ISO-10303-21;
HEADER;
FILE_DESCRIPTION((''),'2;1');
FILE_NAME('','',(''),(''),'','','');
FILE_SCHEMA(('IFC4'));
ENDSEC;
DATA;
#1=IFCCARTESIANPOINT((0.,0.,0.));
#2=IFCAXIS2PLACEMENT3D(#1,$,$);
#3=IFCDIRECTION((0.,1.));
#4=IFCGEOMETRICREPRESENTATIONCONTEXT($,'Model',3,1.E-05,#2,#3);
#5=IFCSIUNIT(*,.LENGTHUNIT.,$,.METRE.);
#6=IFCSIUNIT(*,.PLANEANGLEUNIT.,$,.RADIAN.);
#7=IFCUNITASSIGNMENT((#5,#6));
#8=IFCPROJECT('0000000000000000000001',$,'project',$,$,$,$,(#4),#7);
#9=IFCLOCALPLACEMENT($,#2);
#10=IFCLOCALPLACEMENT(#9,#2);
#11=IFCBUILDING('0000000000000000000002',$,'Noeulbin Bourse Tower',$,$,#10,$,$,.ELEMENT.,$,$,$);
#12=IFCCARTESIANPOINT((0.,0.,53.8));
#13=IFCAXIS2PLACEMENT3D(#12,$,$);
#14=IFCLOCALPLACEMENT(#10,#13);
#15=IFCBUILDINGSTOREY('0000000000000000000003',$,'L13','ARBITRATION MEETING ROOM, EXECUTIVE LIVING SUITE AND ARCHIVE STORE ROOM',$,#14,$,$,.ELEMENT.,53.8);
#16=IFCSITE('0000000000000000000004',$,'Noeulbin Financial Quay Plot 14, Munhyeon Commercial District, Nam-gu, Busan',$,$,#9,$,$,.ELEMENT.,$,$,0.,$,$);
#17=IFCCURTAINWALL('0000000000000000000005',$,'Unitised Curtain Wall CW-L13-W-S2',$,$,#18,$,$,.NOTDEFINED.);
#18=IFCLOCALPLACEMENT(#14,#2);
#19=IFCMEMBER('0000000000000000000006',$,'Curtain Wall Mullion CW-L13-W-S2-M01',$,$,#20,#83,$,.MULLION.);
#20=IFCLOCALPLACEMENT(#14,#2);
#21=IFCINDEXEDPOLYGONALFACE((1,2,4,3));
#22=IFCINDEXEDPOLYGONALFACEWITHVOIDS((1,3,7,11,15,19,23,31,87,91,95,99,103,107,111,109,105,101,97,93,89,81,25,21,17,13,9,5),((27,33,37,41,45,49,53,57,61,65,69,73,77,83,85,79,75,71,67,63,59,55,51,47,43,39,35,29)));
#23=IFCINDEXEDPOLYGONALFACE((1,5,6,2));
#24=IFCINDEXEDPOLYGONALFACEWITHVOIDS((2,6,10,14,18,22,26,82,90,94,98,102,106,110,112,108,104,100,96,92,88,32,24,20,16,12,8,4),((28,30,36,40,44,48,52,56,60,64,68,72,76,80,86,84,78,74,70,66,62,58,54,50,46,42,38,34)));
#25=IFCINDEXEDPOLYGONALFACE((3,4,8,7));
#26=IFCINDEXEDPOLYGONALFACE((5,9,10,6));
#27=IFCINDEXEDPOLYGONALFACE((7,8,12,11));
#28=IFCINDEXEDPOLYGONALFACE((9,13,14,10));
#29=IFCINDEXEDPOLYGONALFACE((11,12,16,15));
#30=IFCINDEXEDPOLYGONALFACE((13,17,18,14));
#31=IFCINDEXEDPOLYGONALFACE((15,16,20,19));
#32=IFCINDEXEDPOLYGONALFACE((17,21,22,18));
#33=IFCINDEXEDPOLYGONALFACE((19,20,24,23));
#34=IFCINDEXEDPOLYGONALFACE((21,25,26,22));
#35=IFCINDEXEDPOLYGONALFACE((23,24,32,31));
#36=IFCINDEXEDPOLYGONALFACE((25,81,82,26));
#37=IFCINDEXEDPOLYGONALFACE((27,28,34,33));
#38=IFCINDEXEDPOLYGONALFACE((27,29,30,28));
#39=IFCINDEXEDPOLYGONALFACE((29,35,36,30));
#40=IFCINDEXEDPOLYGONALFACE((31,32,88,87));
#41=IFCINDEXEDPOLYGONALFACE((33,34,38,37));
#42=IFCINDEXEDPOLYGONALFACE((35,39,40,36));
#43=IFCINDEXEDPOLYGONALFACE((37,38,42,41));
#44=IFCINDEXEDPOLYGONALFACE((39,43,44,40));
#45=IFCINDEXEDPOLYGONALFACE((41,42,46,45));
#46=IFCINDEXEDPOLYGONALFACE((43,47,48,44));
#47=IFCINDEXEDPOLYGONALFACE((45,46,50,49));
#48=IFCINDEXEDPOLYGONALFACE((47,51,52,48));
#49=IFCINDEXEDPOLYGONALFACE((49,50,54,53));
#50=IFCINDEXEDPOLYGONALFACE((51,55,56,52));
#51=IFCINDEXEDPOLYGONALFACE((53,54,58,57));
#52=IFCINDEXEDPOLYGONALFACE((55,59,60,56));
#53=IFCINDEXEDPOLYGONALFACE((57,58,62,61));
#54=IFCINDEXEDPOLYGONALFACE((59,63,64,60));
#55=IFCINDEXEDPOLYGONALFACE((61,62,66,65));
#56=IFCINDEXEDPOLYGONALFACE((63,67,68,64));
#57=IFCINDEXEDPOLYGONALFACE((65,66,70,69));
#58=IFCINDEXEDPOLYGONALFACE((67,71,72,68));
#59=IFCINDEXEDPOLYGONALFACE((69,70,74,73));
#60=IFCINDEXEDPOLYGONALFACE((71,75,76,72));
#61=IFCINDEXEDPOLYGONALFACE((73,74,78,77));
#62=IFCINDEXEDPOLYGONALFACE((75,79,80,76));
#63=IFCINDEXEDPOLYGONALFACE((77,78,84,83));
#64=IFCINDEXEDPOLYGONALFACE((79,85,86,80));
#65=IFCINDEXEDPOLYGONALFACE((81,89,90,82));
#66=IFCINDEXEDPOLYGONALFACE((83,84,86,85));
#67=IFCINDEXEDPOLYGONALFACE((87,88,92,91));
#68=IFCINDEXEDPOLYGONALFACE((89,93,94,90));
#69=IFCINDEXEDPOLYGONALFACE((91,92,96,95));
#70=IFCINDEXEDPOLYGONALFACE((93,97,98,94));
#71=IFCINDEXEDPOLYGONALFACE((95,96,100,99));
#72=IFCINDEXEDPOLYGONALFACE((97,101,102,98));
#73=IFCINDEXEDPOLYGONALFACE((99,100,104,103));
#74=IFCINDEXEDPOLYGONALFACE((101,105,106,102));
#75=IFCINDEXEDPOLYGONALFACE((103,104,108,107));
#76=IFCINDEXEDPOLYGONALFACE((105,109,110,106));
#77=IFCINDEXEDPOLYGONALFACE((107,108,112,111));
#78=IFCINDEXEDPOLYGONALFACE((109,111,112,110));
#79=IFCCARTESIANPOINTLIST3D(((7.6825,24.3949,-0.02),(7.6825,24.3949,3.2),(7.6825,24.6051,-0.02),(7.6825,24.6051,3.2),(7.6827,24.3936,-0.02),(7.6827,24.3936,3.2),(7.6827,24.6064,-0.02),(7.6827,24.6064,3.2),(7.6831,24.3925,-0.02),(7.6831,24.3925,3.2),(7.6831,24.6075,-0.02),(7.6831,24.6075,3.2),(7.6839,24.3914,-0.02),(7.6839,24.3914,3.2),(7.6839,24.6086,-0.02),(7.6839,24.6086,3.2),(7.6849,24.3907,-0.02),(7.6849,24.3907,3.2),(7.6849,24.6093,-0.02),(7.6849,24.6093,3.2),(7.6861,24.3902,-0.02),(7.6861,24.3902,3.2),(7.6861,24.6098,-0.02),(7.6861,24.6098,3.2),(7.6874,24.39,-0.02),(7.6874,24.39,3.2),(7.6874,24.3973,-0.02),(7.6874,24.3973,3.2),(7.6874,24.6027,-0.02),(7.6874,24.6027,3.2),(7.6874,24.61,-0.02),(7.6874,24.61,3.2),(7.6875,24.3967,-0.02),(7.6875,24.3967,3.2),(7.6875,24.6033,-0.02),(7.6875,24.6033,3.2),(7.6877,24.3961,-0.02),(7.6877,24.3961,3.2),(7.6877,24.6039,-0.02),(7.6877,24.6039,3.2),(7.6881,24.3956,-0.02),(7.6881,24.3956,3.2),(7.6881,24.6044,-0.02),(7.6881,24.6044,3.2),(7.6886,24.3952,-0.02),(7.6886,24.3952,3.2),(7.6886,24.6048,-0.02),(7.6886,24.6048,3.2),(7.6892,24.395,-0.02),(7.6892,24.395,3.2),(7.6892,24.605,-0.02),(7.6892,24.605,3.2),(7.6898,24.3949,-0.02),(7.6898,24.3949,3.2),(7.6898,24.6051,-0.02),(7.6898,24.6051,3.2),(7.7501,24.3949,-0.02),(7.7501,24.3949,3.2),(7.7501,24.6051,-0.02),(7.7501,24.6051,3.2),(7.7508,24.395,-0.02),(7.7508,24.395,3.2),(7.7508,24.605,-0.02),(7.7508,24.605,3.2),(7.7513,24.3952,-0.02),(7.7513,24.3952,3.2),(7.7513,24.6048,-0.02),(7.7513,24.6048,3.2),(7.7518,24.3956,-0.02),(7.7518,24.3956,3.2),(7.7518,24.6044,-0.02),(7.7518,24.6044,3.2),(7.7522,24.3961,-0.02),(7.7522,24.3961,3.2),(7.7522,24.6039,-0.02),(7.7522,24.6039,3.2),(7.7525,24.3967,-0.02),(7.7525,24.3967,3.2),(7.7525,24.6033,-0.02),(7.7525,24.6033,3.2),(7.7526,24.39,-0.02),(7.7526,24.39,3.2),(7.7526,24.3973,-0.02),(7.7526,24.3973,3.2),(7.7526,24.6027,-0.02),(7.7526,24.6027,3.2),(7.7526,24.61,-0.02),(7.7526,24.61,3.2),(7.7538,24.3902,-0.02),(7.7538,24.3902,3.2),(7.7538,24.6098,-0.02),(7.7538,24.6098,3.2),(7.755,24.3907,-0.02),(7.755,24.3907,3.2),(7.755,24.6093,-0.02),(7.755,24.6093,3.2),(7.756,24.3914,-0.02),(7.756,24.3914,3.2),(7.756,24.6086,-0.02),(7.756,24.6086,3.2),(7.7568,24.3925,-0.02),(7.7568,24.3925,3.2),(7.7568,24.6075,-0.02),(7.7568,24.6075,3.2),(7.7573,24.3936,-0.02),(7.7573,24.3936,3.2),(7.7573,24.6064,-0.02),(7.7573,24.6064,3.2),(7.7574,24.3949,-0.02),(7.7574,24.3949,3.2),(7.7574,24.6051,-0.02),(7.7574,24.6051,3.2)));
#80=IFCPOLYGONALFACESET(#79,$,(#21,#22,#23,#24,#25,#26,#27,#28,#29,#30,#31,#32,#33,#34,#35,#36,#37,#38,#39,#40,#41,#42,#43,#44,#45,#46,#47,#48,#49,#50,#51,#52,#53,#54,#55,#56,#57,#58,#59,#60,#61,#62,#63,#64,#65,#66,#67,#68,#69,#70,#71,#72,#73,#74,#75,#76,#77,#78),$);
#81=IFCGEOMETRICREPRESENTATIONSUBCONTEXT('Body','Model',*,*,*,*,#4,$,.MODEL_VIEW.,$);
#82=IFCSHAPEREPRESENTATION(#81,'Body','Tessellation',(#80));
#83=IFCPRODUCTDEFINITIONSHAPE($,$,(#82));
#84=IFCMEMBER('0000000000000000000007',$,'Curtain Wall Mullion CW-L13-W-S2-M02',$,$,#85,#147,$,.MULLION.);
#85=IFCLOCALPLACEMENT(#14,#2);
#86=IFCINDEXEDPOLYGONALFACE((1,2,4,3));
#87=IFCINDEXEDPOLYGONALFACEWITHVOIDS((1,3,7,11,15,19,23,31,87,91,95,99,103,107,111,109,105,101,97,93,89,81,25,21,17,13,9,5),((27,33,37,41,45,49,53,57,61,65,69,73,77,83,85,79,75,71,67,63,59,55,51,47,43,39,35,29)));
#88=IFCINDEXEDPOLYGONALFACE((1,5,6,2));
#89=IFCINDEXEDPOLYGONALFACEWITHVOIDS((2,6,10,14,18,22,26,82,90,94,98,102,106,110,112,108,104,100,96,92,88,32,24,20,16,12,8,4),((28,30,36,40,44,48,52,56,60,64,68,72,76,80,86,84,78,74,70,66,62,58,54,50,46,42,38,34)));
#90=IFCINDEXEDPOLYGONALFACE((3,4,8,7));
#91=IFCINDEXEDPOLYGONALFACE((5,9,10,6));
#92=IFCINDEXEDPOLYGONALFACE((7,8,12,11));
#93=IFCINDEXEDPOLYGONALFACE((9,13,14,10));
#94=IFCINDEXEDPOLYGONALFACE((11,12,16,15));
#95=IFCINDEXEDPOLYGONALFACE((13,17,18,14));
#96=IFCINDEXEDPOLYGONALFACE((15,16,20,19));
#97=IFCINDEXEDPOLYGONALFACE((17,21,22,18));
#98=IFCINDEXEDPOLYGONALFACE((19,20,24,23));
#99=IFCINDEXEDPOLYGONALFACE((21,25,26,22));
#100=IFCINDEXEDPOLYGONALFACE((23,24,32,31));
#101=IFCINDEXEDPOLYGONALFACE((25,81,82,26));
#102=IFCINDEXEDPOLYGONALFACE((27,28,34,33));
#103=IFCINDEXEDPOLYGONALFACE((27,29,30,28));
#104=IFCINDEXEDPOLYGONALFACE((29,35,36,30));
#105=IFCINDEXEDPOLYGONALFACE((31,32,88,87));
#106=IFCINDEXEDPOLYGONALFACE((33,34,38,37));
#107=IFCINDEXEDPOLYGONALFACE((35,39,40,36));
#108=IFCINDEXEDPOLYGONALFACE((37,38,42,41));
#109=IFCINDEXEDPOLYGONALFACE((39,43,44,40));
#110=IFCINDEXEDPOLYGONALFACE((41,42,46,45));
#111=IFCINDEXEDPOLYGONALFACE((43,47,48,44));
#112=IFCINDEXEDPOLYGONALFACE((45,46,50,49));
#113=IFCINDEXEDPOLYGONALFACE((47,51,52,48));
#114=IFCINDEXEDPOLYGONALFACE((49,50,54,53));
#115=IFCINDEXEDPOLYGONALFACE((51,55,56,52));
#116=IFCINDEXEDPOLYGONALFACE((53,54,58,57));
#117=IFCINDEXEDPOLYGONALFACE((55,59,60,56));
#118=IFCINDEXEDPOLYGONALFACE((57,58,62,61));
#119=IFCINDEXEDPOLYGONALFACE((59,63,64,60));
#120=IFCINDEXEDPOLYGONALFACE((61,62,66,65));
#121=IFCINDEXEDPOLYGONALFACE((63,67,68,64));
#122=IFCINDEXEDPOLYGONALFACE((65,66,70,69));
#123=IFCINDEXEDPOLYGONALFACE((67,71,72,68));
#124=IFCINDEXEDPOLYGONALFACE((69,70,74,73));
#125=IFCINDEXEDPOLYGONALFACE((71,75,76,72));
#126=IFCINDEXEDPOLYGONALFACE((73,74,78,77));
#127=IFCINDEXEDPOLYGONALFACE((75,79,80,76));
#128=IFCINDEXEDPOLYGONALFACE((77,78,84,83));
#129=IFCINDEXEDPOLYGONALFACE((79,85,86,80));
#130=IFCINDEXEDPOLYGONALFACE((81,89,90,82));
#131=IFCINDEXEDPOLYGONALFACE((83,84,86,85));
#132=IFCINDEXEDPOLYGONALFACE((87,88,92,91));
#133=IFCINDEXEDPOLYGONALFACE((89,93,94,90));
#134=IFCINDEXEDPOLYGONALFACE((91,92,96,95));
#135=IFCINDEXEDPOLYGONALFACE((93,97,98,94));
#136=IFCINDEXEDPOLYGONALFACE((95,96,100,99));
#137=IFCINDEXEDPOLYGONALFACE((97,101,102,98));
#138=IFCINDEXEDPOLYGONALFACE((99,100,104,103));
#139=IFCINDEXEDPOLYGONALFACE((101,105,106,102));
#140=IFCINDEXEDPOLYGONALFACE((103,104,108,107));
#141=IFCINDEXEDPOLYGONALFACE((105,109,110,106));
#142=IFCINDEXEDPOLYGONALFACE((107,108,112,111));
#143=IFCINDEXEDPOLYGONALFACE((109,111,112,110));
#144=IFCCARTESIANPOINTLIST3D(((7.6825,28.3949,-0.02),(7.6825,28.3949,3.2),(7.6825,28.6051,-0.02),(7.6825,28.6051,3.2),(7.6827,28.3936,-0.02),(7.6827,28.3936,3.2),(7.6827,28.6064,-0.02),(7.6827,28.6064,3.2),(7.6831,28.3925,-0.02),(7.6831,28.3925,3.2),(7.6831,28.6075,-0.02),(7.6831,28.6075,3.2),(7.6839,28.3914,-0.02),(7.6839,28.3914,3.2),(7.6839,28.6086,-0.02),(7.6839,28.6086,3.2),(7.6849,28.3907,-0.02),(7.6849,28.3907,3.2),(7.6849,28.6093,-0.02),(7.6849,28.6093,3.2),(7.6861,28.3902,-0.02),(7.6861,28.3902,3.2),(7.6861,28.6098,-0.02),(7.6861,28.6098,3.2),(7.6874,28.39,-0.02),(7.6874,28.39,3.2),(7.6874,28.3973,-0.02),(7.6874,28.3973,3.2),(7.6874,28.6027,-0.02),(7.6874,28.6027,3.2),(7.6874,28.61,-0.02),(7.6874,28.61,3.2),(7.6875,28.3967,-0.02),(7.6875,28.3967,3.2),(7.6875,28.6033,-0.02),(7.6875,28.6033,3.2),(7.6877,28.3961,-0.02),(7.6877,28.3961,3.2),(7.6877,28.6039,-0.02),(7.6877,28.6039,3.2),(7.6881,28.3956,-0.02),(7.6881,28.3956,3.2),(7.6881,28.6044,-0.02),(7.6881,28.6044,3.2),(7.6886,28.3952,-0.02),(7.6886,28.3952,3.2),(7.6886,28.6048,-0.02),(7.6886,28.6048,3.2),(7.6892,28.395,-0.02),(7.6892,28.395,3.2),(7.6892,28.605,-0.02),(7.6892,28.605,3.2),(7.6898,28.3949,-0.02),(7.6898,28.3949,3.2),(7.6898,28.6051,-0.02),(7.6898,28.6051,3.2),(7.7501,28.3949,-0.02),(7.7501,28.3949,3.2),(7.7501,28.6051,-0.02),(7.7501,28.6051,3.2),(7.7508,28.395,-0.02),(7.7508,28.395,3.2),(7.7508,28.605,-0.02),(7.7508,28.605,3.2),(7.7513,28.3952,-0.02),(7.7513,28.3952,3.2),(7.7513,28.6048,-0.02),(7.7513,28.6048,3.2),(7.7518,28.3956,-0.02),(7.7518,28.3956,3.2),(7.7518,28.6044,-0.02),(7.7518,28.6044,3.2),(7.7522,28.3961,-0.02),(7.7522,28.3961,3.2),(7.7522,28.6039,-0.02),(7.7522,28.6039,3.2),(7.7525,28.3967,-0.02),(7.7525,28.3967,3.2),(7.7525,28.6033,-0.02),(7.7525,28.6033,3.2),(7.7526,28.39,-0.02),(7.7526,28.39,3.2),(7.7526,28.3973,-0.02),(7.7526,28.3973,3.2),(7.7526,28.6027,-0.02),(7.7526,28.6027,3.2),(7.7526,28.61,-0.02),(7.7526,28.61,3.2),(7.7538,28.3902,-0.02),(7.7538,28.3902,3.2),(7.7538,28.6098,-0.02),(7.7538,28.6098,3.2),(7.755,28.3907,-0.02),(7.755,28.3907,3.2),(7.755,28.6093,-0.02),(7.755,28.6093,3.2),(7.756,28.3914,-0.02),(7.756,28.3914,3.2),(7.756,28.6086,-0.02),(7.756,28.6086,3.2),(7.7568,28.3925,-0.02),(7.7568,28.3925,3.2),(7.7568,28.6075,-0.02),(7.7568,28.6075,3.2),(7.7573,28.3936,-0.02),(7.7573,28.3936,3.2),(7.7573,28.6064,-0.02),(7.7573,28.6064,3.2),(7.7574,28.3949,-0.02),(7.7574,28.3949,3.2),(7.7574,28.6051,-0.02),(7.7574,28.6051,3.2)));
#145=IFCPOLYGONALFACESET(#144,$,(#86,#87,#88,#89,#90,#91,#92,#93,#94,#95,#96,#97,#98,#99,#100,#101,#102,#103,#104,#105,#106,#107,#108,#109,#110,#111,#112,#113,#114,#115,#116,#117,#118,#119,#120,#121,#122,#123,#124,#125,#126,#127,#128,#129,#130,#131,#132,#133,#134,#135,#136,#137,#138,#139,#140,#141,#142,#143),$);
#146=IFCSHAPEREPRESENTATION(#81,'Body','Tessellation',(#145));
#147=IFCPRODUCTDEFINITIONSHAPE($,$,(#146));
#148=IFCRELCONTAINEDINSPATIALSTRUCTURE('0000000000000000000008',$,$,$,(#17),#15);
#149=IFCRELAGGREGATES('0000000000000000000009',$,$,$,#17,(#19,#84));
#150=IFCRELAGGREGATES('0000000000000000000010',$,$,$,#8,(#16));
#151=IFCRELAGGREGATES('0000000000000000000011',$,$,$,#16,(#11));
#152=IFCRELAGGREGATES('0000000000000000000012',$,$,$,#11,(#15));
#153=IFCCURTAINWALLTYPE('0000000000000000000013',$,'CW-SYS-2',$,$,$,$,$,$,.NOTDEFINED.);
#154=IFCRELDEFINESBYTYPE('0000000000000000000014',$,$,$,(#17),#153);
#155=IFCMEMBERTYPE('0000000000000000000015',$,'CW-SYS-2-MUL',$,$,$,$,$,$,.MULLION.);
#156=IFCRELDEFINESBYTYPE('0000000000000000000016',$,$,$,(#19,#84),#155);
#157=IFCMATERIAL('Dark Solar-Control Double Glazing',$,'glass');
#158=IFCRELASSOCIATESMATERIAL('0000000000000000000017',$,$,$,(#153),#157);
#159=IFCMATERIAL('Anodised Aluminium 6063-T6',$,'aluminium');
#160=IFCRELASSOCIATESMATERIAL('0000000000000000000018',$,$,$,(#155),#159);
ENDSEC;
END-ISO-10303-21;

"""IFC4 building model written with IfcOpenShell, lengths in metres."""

from ifc_helpers import new_model, si_unit, direction, frame, origin, origin_2d, place, context, subcontext, project, spatial, hollow_rectangle, extrude, material, material_profile, profile_set, type_object, element, aggregate, save


model = new_model("IFC4")

# Units and contexts
model_context = context("Model", 3, precision=1e-05, world=origin(), true_north=direction((0.0, 1.0)))
body_context = subcontext(model_context, "Body", "Model", "MODEL_VIEW")
ifc_project = project(units=[si_unit("LENGTHUNIT", "METRE"), si_unit("PLANEANGLEUNIT", "RADIAN")], contexts=[model_context])

# Site, building, storey
site_placement = place(None, origin())
site = spatial("IfcSite", under=ifc_project, at=site_placement, Name="Noeulbin Financial Quay Plot 14, Munhyeon Commercial District, Nam-gu, Busan", CompositionType="ELEMENT", RefElevation=0.0)
building_placement = place(site_placement, origin())
building = spatial("IfcBuilding", under=site, at=building_placement, Name="Noeulbin Bourse Tower", CompositionType="ELEMENT")
storey_placement = place(building_placement, frame((0.0, 0.0, 53.8)))
storey = spatial("IfcBuildingStorey", under=building, at=storey_placement, Name="L13", Description="ARBITRATION MEETING ROOM, EXECUTIVE LIVING SUITE AND ARCHIVE STORE ROOM", CompositionType="ELEMENT", Elevation=53.8)

# Shared definitions
ifc_material_1 = material(Name="Dark Solar-Control Double Glazing", Category="glass")
curtain_wall_type = type_object("IfcCurtainWallType", Name="CW-SYS-2", PredefinedType="NOTDEFINED", material=ifc_material_1)
ifc_material_2 = material(Name="Anodised Aluminium 6063-T6", Category="aluminium")
ifc_material_profile_1 = material_profile(ifc_material_2, hollow_rectangle(XDim=0.075, YDim=0.22, WallThickness=0.0049, InnerFilletRadius=0.0024, OuterFilletRadius=0.0049, at=origin_2d()), Name="ALU-MULL-75x220x5", Category="LoadBearing")
ifc_profile_set_1 = profile_set([ifc_material_profile_1], Name="Anodised Aluminium 6063-T6")
member_type_1 = type_object("IfcMemberType", Name="CW-SYS-2-MUL", PredefinedType="MULLION", material=ifc_profile_set_1)

# Curtain wall, members
curtain_wall_1_placement = place(storey_placement, origin())
curtain_wall_1 = element("IfcCurtainWall", 1, at=curtain_wall_1_placement, inside=storey, type_object=curtain_wall_type, Name="Unitised Curtain Wall CW-L13-W-S2", PredefinedType="NOTDEFINED")
member_1_placement = place(storey_placement, frame((7.72, 24.5, -0.02), z_axis=(0.0, 0.0, 1.0), x_axis=(1.0, 0.0, 0.0)))
member_1 = element("IfcMember", 2, at=member_1_placement, type_object=member_type_1, Name="Curtain Wall Mullion CW-L13-W-S2-M01", PredefinedType="MULLION", context=body_context, shape_type="SweptSolid", body=[
    extrude(hollow_rectangle(XDim=0.075, YDim=0.22, WallThickness=0.0049, InnerFilletRadius=0.0024, OuterFilletRadius=0.0049, at=origin_2d()), origin(), (0.0, 0.0, 1.0), 3.22),
])
member_2_placement = place(storey_placement, frame((7.72, 28.5, -0.02), z_axis=(0.0, 0.0, 1.0), x_axis=(1.0, 0.0, 0.0)))
member_2 = element("IfcMember", 3, at=member_2_placement, type_object=member_type_1, Name="Curtain Wall Mullion CW-L13-W-S2-M02", PredefinedType="MULLION", context=body_context, shape_type="SweptSolid", body=[
    extrude(hollow_rectangle(XDim=0.075, YDim=0.22, WallThickness=0.0049, InnerFilletRadius=0.0024, OuterFilletRadius=0.0049, at=origin_2d()), origin(), (0.0, 0.0, 1.0), 3.22),
])

aggregate(curtain_wall_1, [member_1, member_2])

save(model, "model.ifc")
